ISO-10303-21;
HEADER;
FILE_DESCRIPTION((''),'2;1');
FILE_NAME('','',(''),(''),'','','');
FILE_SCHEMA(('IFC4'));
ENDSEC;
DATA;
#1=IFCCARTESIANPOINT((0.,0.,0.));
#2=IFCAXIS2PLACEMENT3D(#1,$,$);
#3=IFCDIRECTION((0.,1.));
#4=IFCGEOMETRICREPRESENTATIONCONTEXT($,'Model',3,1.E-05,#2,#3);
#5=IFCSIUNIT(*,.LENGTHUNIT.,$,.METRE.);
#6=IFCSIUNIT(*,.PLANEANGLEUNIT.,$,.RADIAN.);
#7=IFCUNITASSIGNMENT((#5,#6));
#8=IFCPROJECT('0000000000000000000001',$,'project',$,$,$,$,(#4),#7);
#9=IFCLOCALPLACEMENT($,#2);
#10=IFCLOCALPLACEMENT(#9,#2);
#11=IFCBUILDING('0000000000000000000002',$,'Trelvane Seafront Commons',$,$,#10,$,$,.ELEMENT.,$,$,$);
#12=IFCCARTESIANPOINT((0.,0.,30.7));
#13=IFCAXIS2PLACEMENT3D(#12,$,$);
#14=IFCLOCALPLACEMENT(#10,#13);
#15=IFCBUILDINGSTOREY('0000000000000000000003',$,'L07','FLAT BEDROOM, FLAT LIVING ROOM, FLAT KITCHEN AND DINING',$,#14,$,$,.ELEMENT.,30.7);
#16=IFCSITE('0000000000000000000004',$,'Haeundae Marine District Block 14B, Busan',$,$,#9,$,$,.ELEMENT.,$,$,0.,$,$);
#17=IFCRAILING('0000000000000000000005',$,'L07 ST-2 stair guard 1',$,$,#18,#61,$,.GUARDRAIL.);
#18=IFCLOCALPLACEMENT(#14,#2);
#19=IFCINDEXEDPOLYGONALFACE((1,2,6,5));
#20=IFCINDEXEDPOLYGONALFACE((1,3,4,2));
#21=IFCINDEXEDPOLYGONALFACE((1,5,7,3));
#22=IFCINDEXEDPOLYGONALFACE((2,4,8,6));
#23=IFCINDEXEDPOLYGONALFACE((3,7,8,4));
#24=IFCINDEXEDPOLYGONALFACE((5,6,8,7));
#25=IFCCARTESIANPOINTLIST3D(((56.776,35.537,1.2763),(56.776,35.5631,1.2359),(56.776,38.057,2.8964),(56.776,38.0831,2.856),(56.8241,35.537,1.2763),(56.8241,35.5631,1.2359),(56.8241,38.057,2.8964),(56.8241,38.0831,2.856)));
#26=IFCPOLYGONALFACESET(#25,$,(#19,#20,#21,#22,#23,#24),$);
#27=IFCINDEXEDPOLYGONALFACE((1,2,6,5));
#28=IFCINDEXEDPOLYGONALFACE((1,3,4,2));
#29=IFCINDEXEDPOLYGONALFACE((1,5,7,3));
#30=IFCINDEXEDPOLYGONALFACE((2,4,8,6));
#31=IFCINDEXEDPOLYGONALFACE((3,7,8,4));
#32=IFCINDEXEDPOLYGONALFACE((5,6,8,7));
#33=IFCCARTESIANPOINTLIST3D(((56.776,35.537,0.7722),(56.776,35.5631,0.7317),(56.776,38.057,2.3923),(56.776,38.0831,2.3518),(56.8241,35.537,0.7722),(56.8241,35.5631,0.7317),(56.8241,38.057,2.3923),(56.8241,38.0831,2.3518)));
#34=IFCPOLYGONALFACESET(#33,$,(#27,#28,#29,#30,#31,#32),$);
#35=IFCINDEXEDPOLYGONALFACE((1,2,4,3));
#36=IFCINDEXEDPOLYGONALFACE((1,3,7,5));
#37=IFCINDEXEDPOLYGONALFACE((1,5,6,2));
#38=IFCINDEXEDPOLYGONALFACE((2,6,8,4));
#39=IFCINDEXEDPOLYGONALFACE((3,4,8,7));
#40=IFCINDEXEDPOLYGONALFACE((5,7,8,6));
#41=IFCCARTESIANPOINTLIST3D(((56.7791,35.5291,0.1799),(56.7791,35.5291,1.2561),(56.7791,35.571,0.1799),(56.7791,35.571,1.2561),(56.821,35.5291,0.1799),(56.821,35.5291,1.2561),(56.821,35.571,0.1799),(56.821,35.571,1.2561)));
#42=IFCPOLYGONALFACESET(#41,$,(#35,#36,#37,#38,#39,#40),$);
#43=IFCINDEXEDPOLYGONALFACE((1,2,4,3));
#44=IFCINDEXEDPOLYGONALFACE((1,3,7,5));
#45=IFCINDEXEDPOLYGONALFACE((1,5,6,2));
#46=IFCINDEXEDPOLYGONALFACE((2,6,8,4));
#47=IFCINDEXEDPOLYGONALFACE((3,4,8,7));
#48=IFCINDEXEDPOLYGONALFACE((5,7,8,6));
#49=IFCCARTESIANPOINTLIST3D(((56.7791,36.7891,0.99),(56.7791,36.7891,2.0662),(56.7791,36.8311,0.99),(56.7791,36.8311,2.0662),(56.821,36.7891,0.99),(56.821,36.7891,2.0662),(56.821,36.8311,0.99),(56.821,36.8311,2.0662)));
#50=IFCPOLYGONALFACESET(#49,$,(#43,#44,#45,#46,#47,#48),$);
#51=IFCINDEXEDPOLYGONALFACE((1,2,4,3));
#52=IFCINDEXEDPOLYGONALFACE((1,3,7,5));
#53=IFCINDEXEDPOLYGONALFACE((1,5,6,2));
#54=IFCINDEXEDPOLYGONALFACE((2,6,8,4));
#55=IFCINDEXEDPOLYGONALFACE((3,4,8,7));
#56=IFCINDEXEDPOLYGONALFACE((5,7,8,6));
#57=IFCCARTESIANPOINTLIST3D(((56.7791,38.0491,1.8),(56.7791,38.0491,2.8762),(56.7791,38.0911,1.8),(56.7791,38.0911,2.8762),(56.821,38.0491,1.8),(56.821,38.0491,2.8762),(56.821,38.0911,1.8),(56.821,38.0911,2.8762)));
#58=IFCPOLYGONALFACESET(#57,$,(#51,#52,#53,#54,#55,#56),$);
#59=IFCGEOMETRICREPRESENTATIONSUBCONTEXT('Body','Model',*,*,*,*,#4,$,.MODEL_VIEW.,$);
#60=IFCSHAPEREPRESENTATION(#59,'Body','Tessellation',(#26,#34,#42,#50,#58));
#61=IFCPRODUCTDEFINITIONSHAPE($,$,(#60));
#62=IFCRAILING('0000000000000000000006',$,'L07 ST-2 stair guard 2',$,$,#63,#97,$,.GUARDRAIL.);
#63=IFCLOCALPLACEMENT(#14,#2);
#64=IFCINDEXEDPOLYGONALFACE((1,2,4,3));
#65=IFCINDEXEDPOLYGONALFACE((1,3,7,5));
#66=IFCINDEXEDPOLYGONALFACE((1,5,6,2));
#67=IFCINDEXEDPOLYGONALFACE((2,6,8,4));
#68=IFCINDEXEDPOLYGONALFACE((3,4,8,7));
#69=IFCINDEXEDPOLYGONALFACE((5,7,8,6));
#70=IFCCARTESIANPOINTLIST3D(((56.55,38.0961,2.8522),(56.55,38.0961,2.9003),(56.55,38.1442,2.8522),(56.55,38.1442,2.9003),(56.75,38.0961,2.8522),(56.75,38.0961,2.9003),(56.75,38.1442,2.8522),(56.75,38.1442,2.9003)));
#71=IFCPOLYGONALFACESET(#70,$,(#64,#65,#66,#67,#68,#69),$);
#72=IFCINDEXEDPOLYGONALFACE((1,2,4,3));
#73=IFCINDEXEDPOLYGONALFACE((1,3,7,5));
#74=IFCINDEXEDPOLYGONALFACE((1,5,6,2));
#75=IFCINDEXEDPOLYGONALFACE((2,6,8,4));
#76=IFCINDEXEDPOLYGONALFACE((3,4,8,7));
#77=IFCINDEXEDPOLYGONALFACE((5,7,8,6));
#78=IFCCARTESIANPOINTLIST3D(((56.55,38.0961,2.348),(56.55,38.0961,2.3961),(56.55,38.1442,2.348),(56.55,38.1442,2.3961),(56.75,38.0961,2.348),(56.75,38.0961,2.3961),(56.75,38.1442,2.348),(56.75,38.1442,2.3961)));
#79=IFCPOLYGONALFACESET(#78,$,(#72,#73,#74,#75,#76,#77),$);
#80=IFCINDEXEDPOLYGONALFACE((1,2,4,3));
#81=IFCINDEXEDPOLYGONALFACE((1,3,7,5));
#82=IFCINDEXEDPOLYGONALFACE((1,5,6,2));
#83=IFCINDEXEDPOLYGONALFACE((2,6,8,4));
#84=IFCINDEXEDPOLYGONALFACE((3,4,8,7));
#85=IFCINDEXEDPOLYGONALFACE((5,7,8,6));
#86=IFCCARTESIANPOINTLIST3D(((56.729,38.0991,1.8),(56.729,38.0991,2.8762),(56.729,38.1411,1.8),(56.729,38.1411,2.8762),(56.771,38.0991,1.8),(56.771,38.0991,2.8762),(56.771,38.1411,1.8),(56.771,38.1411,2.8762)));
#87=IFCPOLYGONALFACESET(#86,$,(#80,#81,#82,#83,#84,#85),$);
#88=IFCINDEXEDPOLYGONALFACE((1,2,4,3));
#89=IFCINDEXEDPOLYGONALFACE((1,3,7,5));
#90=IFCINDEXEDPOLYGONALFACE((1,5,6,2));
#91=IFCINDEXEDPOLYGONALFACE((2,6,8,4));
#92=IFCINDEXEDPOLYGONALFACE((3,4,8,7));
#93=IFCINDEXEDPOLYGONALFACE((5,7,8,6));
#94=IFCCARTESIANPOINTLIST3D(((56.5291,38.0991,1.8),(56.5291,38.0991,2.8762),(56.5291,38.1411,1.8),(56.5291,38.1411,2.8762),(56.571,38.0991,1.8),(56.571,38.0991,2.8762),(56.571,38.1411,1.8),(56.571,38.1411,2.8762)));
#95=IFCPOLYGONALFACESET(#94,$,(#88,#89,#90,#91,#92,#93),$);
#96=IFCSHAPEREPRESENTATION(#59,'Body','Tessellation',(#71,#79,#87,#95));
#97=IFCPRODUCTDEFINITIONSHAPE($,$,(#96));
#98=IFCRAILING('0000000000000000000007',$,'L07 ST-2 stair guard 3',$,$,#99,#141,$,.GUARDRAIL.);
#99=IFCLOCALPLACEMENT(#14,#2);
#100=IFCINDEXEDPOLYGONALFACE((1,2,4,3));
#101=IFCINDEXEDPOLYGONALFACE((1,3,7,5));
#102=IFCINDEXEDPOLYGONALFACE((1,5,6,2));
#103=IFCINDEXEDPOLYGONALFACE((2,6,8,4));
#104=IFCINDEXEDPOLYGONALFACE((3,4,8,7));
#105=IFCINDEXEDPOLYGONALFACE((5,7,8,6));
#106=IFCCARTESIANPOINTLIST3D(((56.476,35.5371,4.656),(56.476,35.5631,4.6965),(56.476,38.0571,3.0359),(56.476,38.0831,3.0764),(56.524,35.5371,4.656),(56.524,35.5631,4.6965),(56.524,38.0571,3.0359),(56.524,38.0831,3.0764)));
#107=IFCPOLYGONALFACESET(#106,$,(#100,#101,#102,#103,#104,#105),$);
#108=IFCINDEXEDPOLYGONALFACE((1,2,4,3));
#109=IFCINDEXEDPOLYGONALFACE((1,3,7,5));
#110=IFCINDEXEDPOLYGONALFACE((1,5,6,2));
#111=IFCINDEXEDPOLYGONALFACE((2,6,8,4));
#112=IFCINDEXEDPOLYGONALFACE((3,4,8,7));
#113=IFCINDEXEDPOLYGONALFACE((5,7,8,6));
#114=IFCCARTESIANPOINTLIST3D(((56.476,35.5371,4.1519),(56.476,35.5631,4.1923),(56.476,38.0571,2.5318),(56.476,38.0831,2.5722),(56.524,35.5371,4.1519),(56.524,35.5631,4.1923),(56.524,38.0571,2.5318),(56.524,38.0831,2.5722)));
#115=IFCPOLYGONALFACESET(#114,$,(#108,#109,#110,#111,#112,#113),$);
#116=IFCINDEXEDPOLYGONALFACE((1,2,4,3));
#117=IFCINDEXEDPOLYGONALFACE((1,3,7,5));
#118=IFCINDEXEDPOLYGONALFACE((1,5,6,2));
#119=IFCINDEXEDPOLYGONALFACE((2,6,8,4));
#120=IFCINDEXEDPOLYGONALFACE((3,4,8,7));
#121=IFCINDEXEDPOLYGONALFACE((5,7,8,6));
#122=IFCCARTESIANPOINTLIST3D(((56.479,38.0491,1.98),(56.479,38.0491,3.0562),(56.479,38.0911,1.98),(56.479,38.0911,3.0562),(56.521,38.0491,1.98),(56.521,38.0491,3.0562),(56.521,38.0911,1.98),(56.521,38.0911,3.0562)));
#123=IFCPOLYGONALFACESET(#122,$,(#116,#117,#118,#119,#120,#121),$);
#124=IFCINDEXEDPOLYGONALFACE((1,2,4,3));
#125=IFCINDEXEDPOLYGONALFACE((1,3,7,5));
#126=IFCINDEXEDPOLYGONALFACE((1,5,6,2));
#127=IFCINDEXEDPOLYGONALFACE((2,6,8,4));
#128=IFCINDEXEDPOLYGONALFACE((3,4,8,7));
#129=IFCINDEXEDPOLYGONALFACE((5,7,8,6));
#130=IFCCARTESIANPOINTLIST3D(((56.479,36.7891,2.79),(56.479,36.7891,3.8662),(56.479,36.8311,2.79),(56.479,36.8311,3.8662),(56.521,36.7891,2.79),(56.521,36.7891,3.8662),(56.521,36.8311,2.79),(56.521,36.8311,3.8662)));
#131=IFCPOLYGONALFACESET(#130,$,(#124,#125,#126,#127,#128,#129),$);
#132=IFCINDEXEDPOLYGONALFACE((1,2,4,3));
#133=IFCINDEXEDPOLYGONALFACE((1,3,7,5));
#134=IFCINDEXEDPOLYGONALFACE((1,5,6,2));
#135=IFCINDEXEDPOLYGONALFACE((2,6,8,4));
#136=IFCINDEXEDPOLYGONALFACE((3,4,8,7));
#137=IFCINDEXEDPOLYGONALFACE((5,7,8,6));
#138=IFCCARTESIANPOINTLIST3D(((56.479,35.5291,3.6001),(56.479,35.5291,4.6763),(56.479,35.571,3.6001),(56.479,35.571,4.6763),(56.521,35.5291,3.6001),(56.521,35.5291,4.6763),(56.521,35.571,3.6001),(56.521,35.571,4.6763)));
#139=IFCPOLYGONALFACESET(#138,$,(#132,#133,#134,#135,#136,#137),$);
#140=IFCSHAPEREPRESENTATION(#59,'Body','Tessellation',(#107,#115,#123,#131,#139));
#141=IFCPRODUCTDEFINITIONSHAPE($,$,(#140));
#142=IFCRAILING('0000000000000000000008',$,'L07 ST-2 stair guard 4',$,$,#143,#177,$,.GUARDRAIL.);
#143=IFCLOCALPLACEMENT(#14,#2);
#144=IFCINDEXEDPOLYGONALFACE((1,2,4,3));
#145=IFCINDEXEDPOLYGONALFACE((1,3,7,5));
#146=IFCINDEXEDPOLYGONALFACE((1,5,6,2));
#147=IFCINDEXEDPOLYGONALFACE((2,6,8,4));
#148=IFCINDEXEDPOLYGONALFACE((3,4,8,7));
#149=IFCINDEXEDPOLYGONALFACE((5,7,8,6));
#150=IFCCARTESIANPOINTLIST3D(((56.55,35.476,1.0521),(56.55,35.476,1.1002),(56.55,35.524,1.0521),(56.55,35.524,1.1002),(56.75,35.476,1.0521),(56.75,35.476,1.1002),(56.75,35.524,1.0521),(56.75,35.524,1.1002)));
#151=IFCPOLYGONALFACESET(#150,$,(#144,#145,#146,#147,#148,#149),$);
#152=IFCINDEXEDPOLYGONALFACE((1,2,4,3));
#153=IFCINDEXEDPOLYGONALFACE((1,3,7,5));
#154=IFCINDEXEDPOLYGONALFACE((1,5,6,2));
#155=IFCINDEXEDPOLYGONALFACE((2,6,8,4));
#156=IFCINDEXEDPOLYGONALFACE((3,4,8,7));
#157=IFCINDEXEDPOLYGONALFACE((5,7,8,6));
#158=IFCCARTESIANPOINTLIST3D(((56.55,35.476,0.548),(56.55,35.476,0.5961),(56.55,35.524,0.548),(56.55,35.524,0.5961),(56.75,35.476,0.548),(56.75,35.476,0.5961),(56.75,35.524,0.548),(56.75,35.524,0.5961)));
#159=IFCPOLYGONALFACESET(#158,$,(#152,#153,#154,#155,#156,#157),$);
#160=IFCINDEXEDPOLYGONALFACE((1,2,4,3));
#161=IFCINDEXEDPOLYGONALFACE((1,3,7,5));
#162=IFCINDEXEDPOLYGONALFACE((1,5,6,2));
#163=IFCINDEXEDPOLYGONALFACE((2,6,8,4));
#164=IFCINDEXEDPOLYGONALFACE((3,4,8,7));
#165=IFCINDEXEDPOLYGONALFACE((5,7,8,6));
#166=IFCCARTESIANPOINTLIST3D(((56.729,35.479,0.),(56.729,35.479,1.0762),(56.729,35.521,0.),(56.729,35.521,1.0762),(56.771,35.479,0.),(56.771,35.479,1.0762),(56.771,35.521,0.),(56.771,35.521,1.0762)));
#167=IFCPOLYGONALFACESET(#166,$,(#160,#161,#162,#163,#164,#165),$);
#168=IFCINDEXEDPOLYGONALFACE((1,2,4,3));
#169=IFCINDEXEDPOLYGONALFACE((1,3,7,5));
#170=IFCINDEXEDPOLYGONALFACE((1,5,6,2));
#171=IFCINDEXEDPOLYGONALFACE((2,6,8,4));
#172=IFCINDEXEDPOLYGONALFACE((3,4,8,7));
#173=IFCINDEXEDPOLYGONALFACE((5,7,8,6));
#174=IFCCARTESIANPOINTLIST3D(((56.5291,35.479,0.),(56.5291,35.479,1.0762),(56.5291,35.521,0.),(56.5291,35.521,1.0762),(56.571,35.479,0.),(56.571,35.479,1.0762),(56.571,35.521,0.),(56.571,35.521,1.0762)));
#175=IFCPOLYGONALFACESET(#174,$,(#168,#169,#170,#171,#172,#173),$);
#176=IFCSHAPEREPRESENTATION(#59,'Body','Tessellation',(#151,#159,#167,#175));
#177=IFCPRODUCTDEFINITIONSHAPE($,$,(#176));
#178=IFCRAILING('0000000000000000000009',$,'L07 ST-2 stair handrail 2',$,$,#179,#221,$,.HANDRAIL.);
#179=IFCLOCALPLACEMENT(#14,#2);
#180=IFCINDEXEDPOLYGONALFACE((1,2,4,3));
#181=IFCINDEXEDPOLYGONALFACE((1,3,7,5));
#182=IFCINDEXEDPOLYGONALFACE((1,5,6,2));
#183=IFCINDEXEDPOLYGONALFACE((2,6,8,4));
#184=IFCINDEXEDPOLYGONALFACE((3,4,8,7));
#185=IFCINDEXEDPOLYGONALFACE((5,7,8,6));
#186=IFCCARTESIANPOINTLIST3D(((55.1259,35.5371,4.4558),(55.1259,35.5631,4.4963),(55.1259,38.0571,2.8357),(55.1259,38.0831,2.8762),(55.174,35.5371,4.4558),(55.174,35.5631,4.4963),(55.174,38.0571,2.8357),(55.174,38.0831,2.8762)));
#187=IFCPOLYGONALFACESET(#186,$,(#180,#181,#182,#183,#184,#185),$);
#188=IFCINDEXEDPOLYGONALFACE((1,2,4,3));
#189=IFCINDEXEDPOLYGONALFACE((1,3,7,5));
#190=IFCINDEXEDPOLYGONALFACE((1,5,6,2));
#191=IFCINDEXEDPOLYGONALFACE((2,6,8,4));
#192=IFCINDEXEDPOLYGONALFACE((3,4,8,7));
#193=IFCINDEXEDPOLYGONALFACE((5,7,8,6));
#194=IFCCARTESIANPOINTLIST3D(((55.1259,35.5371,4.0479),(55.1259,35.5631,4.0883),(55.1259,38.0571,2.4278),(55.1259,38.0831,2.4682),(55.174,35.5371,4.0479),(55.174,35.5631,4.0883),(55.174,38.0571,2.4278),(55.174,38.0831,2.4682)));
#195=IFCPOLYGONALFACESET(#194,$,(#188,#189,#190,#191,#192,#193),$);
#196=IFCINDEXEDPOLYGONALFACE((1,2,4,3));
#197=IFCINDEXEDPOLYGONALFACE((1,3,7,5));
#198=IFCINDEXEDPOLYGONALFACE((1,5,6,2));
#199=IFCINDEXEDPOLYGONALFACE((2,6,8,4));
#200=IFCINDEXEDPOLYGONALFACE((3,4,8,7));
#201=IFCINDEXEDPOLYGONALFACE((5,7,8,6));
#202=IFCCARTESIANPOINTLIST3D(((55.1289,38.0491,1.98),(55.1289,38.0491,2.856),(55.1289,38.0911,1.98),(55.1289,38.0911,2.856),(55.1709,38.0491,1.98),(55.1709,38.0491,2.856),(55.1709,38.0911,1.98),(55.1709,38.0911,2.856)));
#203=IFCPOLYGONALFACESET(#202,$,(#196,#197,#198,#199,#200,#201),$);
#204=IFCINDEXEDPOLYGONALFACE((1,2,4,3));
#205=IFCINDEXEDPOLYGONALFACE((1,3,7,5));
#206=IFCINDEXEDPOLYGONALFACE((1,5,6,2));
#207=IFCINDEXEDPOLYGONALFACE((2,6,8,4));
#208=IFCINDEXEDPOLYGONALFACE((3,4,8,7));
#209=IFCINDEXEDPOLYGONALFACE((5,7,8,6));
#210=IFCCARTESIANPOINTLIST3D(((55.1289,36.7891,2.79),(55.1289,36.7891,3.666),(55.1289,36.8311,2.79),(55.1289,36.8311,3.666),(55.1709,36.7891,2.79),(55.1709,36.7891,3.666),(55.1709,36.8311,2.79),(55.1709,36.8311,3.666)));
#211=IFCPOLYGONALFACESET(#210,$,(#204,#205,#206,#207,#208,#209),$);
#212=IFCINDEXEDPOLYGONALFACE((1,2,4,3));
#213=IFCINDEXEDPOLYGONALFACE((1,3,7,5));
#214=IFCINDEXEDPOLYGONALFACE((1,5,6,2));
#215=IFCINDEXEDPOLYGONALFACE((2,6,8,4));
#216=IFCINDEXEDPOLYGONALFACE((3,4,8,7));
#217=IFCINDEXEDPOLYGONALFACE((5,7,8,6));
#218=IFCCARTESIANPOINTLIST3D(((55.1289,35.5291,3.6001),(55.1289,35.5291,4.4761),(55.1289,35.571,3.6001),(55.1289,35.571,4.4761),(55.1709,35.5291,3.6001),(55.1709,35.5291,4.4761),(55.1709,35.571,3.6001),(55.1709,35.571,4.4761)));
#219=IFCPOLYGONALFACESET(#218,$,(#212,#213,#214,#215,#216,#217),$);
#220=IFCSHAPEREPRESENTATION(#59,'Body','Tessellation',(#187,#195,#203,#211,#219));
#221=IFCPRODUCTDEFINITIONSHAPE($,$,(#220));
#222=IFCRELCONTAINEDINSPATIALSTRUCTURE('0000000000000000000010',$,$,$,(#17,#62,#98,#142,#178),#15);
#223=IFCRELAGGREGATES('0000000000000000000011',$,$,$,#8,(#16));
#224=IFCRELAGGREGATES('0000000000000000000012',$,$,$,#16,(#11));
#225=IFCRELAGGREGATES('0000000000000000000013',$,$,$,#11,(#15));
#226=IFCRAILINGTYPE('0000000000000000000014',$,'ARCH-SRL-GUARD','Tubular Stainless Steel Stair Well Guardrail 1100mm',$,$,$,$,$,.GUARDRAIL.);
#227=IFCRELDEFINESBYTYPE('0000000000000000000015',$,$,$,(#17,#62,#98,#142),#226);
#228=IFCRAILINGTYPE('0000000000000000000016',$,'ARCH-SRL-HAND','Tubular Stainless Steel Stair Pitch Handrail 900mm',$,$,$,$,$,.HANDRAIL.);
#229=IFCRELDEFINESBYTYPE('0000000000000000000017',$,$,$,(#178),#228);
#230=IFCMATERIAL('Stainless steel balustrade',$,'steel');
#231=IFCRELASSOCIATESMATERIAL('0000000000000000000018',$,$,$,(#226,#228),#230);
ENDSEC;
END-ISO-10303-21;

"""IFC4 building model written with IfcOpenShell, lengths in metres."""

from ifc_helpers import new_model, si_unit, direction, frame, origin, origin_2d, place, context, subcontext, project, spatial, rectangle, extrude, material, type_object, element, save


model = new_model("IFC4")

# Units and contexts
model_context = context("Model", 3, precision=1e-05, world=origin(), true_north=direction((0.0, 1.0)))
body_context = subcontext(model_context, "Body", "Model", "MODEL_VIEW")
ifc_project = project(units=[si_unit("LENGTHUNIT", "METRE"), si_unit("PLANEANGLEUNIT", "RADIAN")], contexts=[model_context])

# Site, building, storey
site_placement = place(None, origin())
site = spatial("IfcSite", under=ifc_project, at=site_placement, Name="Haeundae Marine District Block 14B, Busan", CompositionType="ELEMENT", RefElevation=0.0)
building_placement = place(site_placement, origin())
building = spatial("IfcBuilding", under=site, at=building_placement, Name="Trelvane Seafront Commons", CompositionType="ELEMENT")
storey_placement = place(building_placement, frame((0.0, 0.0, 30.7)))
storey = spatial("IfcBuildingStorey", under=building, at=storey_placement, Name="L07", Description="FLAT BEDROOM, FLAT LIVING ROOM, FLAT KITCHEN AND DINING", CompositionType="ELEMENT", Elevation=30.7)

# Railings
ifc_material_1 = material(Name="Stainless steel balustrade", Category="steel")
railing_type_1 = type_object("IfcRailingType", Name="ARCH-SRL-GUARD", Description="Tubular Stainless Steel Stair Well Guardrail 1100mm", PredefinedType="GUARDRAIL", material=ifc_material_1)
railing_1_placement = place(storey_placement, frame((56.8, 35.55, 0.1799)))
element("IfcRailing", 1, at=railing_1_placement, inside=storey, type_object=railing_type_1, Name="L07 ST-2 stair guard 1", PredefinedType="GUARDRAIL", context=body_context, shape_type="SweptSolid", body=[
    extrude(rectangle(XDim=0.0481, YDim=0.0481, at=origin_2d()), frame((0.0, 0.0, 1.0762), z_axis=(0.0, 0.841163, 0.540782), x_axis=(-1.0, 0.0, 0.0)), (0.0, 0.0, 1.0), 2.9958),
    extrude(rectangle(XDim=0.0481, YDim=0.0481, at=origin_2d()), frame((0.0, 0.0, 0.572), z_axis=(0.0, 0.841163, 0.540782), x_axis=(-1.0, 0.0, 0.0)), (0.0, 0.0, 1.0), 2.9958),
    extrude(rectangle(XDim=0.042, YDim=0.042, at=origin_2d()), origin(), (0.0, 0.0, 1.0), 1.0762),
    extrude(rectangle(XDim=0.042, YDim=0.042, at=origin_2d()), frame((0.0, 1.26, 0.8101)), (0.0, 0.0, 1.0), 1.0762),
    extrude(rectangle(XDim=0.042, YDim=0.042, at=origin_2d()), frame((0.0, 2.52, 1.6201)), (0.0, 0.0, 1.0), 1.0762),
])
railing_2_placement = place(storey_placement, frame((56.75, 38.1201, 1.8)))
element("IfcRailing", 2, at=railing_2_placement, inside=storey, type_object=railing_type_1, Name="L07 ST-2 stair guard 2", PredefinedType="GUARDRAIL", context=body_context, shape_type="SweptSolid", body=[
    extrude(rectangle(XDim=0.0481, YDim=0.0481, at=origin_2d()), frame((0.0, 0.0, 1.0762), z_axis=(-1.0, 0.0, 0.0), x_axis=(0.0, -1.0, 0.0)), (0.0, 0.0, 1.0), 0.2),
    extrude(rectangle(XDim=0.0481, YDim=0.0481, at=origin_2d()), frame((0.0, 0.0, 0.572), z_axis=(-1.0, 0.0, 0.0), x_axis=(0.0, -1.0, 0.0)), (0.0, 0.0, 1.0), 0.2),
    extrude(rectangle(XDim=0.042, YDim=0.042, at=origin_2d()), origin(), (0.0, 0.0, 1.0), 1.0762),
    extrude(rectangle(XDim=0.042, YDim=0.042, at=origin_2d()), frame((-0.2, 0.0, 0.0)), (0.0, 0.0, 1.0), 1.0762),
])
railing_3_placement = place(storey_placement, frame((56.5, 38.0701, 1.98)))
element("IfcRailing", 3, at=railing_3_placement, inside=storey, type_object=railing_type_1, Name="L07 ST-2 stair guard 3", PredefinedType="GUARDRAIL", context=body_context, shape_type="SweptSolid", body=[
    extrude(rectangle(XDim=0.0481, YDim=0.0481, at=origin_2d()), frame((0.0, 0.0, 1.0762), z_axis=(0.0, -0.841163, 0.540782), x_axis=(1.0, 0.0, 0.0)), (0.0, 0.0, 1.0), 2.9958),
    extrude(rectangle(XDim=0.0481, YDim=0.0481, at=origin_2d()), frame((0.0, 0.0, 0.572), z_axis=(0.0, -0.841163, 0.540782), x_axis=(1.0, 0.0, 0.0)), (0.0, 0.0, 1.0), 2.9958),
    extrude(rectangle(XDim=0.042, YDim=0.042, at=origin_2d()), origin(), (0.0, 0.0, 1.0), 1.0762),
    extrude(rectangle(XDim=0.042, YDim=0.042, at=origin_2d()), frame((0.0, -1.26, 0.8101)), (0.0, 0.0, 1.0), 1.0762),
    extrude(rectangle(XDim=0.042, YDim=0.042, at=origin_2d()), frame((0.0, -2.52, 1.6201)), (0.0, 0.0, 1.0), 1.0762),
])
railing_4_placement = place(storey_placement, frame((56.75, 35.5, 0.0)))
element("IfcRailing", 4, at=railing_4_placement, inside=storey, type_object=railing_type_1, Name="L07 ST-2 stair guard 4", PredefinedType="GUARDRAIL", context=body_context, shape_type="SweptSolid", body=[
    extrude(rectangle(XDim=0.0481, YDim=0.0481, at=origin_2d()), frame((0.0, 0.0, 1.0762), z_axis=(-1.0, 0.0, 0.0), x_axis=(0.0, -1.0, 0.0)), (0.0, 0.0, 1.0), 0.2),
    extrude(rectangle(XDim=0.0481, YDim=0.0481, at=origin_2d()), frame((0.0, 0.0, 0.572), z_axis=(-1.0, 0.0, 0.0), x_axis=(0.0, -1.0, 0.0)), (0.0, 0.0, 1.0), 0.2),
    extrude(rectangle(XDim=0.042, YDim=0.042, at=origin_2d()), origin(), (0.0, 0.0, 1.0), 1.0762),
    extrude(rectangle(XDim=0.042, YDim=0.042, at=origin_2d()), frame((-0.2, 0.0, 0.0)), (0.0, 0.0, 1.0), 1.0762),
])
railing_type_2 = type_object("IfcRailingType", Name="ARCH-SRL-HAND", Description="Tubular Stainless Steel Stair Pitch Handrail 900mm", PredefinedType="HANDRAIL", material=ifc_material_1)
railing_5_placement = place(storey_placement, frame((55.1499, 38.0701, 1.98)))
element("IfcRailing", 5, at=railing_5_placement, inside=storey, type_object=railing_type_2, Name="L07 ST-2 stair handrail 2", PredefinedType="HANDRAIL", context=body_context, shape_type="SweptSolid", body=[
    extrude(rectangle(XDim=0.0481, YDim=0.0481, at=origin_2d()), frame((0.0, 0.0, 0.876), z_axis=(0.0, -0.841163, 0.540782), x_axis=(1.0, 0.0, 0.0)), (0.0, 0.0, 1.0), 2.9958),
    extrude(rectangle(XDim=0.0481, YDim=0.0481, at=origin_2d()), frame((0.0, 0.0, 0.468), z_axis=(0.0, -0.841163, 0.540782), x_axis=(1.0, 0.0, 0.0)), (0.0, 0.0, 1.0), 2.9958),
    extrude(rectangle(XDim=0.042, YDim=0.042, at=origin_2d()), origin(), (0.0, 0.0, 1.0), 0.876),
    extrude(rectangle(XDim=0.042, YDim=0.042, at=origin_2d()), frame((0.0, -1.26, 0.8101)), (0.0, 0.0, 1.0), 0.876),
    extrude(rectangle(XDim=0.042, YDim=0.042, at=origin_2d()), frame((0.0, -2.52, 1.6201)), (0.0, 0.0, 1.0), 0.876),
])

save(model, "model.ifc")
